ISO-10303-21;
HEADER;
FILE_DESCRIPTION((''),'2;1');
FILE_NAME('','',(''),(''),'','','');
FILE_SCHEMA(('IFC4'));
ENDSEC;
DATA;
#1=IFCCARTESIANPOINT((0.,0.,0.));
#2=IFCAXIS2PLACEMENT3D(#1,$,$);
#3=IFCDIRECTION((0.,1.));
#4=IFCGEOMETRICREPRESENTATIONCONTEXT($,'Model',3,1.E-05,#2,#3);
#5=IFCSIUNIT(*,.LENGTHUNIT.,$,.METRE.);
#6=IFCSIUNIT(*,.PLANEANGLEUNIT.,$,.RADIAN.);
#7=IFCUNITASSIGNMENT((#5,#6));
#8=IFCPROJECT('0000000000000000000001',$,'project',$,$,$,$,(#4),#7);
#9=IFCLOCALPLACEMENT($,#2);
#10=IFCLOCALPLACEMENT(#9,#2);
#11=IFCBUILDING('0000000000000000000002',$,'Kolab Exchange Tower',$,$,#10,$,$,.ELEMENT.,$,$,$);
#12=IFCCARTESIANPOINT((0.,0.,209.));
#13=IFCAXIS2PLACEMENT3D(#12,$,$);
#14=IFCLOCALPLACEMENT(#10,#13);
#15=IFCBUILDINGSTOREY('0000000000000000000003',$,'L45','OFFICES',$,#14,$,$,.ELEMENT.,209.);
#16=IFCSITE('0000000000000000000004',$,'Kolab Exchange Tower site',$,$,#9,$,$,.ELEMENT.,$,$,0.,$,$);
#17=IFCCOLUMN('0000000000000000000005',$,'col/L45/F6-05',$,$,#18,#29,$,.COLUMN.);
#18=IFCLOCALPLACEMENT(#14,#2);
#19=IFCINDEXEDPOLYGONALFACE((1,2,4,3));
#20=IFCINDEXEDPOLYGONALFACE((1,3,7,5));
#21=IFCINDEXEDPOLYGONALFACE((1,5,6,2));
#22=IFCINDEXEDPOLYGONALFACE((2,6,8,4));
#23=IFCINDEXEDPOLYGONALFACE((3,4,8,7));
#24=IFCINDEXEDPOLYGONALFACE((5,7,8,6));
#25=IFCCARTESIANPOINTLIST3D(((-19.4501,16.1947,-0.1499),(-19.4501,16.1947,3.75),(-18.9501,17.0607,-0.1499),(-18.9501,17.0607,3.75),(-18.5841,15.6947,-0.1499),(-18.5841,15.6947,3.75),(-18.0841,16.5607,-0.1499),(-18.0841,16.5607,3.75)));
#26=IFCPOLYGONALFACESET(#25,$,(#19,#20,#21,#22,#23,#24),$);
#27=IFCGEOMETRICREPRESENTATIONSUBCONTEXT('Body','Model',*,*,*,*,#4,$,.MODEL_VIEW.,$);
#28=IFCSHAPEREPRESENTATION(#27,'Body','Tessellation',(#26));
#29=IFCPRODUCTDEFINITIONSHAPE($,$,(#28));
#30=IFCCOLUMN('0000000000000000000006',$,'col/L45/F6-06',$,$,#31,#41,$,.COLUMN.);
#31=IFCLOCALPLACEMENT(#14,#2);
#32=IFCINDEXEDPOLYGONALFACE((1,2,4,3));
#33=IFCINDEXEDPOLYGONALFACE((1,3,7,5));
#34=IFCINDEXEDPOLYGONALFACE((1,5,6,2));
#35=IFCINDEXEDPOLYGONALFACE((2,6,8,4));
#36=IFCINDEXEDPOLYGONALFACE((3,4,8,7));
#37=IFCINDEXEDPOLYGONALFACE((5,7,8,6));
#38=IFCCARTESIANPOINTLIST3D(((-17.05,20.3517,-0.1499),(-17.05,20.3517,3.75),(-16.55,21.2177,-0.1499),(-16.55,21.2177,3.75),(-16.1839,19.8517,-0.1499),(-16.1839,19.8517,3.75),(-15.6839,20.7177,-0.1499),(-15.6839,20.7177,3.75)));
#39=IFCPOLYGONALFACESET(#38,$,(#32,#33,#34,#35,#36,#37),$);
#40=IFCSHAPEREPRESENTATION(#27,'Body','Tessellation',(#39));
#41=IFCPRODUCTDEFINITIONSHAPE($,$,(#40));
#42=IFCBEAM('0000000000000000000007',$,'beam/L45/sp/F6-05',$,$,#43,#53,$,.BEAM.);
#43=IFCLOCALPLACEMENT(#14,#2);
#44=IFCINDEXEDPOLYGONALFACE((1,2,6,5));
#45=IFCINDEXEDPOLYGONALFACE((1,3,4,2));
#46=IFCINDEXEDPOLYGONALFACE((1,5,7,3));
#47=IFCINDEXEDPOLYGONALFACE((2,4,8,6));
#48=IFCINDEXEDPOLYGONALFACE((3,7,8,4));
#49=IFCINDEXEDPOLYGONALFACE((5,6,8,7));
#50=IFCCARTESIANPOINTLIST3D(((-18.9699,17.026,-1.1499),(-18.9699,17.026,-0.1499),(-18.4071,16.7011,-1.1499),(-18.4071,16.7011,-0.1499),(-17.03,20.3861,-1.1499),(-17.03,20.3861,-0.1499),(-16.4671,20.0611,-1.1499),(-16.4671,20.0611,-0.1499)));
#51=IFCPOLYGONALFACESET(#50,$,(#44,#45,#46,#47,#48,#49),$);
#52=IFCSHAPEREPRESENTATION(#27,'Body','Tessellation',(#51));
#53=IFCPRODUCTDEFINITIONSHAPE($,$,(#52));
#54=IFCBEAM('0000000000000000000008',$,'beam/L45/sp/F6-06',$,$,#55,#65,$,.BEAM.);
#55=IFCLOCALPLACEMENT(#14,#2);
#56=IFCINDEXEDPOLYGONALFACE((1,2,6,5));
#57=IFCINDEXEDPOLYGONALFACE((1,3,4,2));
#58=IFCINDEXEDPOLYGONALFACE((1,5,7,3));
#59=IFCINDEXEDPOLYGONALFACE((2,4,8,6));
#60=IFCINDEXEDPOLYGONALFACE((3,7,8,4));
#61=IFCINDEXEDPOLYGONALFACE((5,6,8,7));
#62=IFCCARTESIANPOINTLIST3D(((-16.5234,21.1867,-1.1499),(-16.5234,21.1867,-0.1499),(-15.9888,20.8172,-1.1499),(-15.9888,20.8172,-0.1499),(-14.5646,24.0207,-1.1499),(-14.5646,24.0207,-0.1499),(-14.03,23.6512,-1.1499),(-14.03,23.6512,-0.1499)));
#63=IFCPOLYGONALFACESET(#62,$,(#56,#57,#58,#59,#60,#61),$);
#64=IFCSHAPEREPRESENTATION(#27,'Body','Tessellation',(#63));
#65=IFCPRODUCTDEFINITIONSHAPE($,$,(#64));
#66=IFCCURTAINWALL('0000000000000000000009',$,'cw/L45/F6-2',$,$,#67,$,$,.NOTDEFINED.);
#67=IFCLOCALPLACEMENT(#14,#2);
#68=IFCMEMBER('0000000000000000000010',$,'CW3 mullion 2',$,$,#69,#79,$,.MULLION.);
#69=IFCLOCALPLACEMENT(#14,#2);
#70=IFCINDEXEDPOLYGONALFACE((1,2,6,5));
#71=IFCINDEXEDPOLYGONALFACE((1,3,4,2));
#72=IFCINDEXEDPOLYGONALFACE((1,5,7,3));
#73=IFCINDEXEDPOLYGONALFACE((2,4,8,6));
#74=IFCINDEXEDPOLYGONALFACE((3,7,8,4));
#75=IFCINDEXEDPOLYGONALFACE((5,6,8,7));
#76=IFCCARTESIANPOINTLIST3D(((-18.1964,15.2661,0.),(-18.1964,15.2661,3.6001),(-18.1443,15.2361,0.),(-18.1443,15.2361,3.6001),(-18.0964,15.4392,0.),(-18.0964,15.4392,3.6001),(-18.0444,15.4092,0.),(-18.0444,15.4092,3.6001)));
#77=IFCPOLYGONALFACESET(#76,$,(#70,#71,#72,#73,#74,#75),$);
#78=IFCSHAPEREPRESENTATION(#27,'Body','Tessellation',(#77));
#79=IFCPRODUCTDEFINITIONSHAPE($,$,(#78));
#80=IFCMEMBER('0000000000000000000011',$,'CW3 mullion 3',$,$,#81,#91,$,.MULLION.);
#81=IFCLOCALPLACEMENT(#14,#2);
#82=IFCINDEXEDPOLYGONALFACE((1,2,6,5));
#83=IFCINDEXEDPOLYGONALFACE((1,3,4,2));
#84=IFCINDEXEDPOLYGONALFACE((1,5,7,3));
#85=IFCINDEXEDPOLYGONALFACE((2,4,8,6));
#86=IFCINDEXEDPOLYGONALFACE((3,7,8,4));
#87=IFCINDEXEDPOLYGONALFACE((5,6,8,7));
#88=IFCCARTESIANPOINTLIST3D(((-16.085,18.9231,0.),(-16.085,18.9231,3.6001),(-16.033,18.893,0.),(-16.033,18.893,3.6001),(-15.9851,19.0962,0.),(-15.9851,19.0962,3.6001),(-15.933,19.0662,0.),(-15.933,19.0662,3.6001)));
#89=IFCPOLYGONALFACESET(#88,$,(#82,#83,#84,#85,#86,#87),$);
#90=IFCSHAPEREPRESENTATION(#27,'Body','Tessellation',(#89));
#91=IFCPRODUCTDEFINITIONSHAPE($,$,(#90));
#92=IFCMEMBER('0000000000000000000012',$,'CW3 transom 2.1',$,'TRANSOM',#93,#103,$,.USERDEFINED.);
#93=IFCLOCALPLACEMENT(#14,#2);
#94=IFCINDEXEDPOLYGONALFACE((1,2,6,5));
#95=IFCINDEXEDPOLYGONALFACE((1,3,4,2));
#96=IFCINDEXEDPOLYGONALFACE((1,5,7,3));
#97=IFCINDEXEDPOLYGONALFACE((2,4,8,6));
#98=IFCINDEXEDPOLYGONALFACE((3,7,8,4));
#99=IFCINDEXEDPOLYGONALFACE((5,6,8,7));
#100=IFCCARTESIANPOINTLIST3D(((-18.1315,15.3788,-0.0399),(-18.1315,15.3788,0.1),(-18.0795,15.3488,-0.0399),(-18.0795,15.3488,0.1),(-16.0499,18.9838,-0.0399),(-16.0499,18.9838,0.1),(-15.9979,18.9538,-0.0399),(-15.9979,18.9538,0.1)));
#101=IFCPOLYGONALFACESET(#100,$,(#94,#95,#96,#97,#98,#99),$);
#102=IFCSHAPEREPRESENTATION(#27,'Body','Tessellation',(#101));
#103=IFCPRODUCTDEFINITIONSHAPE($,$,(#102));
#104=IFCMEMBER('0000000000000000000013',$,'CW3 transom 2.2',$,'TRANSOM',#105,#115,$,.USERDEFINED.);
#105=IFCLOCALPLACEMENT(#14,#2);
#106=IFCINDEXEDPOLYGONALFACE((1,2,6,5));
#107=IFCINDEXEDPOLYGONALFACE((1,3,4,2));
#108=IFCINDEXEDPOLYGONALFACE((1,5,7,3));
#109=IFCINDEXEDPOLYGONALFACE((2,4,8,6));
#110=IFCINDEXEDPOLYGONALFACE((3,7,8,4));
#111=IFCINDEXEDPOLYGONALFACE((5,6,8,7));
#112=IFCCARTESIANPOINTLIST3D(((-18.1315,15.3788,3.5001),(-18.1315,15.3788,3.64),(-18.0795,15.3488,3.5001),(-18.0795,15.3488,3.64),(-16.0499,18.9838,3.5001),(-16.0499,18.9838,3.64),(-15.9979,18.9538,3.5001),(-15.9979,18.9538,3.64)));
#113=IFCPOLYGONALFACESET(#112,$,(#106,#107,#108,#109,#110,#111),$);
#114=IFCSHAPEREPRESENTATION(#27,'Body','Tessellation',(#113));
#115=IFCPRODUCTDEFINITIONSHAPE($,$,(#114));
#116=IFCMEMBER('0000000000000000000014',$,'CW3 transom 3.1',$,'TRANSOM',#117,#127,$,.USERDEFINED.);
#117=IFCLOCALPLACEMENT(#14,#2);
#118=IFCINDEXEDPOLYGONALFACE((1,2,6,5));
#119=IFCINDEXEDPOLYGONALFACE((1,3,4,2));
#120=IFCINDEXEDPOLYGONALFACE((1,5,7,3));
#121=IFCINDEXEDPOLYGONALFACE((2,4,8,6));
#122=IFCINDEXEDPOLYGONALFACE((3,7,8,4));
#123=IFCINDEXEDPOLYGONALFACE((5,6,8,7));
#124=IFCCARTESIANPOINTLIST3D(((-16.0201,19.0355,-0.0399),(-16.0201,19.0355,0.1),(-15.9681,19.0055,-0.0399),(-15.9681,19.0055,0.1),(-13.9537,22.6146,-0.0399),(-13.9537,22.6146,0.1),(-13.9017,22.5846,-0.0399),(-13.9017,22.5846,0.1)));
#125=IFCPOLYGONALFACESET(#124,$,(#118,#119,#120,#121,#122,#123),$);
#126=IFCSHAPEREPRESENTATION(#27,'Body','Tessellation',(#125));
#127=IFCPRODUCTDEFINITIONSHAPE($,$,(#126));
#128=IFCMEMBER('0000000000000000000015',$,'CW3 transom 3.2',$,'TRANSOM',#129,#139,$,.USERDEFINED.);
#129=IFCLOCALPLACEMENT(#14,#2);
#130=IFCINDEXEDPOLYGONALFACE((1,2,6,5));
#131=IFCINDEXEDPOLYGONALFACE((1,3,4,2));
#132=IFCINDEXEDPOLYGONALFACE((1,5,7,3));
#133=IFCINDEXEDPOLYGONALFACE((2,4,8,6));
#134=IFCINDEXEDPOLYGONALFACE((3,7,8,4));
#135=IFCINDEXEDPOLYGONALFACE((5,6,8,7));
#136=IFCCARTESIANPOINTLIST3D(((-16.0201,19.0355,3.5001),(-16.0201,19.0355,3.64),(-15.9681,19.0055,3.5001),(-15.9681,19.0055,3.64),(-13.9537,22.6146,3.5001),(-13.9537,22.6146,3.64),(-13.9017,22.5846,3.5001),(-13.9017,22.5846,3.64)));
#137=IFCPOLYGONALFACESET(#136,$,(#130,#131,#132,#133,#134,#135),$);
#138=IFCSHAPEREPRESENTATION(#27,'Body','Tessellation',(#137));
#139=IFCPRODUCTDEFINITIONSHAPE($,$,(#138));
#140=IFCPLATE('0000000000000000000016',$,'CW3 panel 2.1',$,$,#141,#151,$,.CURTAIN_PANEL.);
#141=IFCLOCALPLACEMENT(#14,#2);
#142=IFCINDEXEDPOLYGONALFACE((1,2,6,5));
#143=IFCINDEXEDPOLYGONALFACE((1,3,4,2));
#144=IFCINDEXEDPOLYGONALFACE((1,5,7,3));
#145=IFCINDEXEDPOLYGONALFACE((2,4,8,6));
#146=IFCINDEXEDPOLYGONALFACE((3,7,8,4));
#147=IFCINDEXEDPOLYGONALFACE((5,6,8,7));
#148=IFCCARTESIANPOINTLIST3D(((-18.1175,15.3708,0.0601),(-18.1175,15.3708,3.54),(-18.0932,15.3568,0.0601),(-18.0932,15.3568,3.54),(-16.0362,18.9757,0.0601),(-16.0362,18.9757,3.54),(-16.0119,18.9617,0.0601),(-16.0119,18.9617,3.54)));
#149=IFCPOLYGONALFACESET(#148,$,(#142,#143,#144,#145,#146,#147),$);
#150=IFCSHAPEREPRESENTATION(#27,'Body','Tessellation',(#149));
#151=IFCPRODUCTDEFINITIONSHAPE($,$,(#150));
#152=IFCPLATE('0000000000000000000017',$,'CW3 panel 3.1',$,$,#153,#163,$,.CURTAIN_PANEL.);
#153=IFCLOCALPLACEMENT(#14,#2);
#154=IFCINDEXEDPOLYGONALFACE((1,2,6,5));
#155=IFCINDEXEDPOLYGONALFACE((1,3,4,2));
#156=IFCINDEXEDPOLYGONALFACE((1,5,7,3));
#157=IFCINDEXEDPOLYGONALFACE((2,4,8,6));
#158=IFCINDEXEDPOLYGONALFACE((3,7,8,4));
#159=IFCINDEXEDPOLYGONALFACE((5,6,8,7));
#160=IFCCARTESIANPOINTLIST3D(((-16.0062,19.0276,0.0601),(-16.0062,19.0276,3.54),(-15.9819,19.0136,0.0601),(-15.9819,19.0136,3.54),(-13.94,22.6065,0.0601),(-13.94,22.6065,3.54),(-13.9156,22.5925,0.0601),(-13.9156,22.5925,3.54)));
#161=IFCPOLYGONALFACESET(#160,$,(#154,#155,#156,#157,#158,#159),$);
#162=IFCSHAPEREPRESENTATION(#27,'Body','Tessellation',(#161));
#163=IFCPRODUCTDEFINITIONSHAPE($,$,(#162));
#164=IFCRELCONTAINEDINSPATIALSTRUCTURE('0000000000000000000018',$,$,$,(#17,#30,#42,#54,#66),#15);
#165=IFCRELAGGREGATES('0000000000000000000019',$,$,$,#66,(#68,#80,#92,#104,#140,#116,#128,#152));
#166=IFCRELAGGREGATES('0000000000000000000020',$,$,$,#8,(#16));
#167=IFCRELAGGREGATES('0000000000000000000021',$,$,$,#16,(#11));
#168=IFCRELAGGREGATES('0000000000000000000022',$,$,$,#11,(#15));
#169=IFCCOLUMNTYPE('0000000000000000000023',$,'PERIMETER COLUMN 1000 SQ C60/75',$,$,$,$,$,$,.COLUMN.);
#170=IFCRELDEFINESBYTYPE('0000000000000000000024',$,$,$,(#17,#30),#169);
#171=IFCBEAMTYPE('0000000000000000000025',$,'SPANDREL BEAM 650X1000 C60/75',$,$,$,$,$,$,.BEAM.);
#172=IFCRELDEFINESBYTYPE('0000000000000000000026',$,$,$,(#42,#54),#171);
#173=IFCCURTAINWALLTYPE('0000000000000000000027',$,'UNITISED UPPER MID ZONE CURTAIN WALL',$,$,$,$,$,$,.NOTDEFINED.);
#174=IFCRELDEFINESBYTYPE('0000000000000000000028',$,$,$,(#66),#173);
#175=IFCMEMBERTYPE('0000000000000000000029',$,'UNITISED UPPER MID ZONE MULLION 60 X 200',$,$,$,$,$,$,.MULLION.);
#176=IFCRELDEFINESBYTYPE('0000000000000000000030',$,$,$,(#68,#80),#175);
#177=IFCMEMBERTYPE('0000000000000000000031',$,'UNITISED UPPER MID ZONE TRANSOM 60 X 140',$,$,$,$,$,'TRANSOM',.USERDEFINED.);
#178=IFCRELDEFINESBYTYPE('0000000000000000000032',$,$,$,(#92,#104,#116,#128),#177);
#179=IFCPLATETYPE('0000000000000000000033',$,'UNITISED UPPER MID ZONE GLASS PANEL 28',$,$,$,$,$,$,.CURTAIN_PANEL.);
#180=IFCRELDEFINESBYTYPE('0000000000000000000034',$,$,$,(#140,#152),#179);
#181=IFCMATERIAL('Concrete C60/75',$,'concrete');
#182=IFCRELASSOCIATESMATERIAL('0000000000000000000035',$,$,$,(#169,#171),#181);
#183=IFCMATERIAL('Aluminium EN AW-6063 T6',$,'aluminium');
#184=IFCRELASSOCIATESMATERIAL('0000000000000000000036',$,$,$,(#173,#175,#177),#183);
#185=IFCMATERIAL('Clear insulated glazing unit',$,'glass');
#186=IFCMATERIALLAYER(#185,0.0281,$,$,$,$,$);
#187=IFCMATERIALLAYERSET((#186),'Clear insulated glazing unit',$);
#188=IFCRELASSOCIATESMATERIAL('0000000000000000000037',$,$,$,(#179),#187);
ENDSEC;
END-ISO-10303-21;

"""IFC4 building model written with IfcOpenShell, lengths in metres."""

from ifc_helpers import new_model, si_unit, direction, frame, origin, origin_2d, place, context, subcontext, project, spatial, rectangle, extrude, material, layer, layer_set, material_profile, profile_set, type_object, element, aggregate, save


model = new_model("IFC4")

# Units and contexts
model_context = context("Model", 3, precision=1e-05, world=origin(), true_north=direction((0.0, 1.0)))
body_context = subcontext(model_context, "Body", "Model", "MODEL_VIEW")
ifc_project = project(units=[si_unit("LENGTHUNIT", "METRE"), si_unit("PLANEANGLEUNIT", "RADIAN")], contexts=[model_context])

# Site, building, storey
site_placement = place(None, origin())
site = spatial("IfcSite", under=ifc_project, at=site_placement, Name="Kolab Exchange Tower site", CompositionType="ELEMENT", RefElevation=0.0)
building_placement = place(site_placement, origin())
building = spatial("IfcBuilding", under=site, at=building_placement, Name="Kolab Exchange Tower", CompositionType="ELEMENT")
storey_placement = place(building_placement, frame((0.0, 0.0, 209.0)))
storey = spatial("IfcBuildingStorey", under=building, at=storey_placement, Name="L45", Description="OFFICES", CompositionType="ELEMENT", Elevation=209.0)

# Columns
ifc_material_1 = material(Name="Concrete C60/75", Category="concrete")
ifc_material_profile_1 = material_profile(ifc_material_1, rectangle(XDim=1.0, YDim=1.0, at=origin_2d()), Name="RC1000")
ifc_profile_set_1 = profile_set([ifc_material_profile_1], Name="Concrete C60/75")
column_type = type_object("IfcColumnType", Name="PERIMETER COLUMN 1000 SQ C60/75", PredefinedType="COLUMN", material=ifc_profile_set_1)
for number, where, z_axis, x_axis, name in (
    (1, (-18.7671, 16.3777, -0.1499), (0.0, 0.0, 1.0), (0.5, 0.866025, 0.0), "col/L45/F6-05"),
    (2, (-16.3669, 20.5347, -0.1499), (0.0, 0.0, 1.0), (0.5, 0.866025, 0.0), "col/L45/F6-06"),
):
    element("IfcColumn", number, at=place(storey_placement, frame(where, z_axis=z_axis, x_axis=x_axis)), inside=storey, type_object=column_type, Name=name, PredefinedType="COLUMN", context=body_context, shape_type="SweptSolid", body=[
        extrude(rectangle(XDim=1.0, YDim=1.0, at=origin_2d()), origin(), (0.0, 0.0, 1.0), 3.8999),
    ])

# Beams
ifc_material_profile_2 = material_profile(ifc_material_1, rectangle(XDim=0.6499, YDim=1.0, at=origin_2d()), Name="RC650X1000")
ifc_profile_set_2 = profile_set([ifc_material_profile_2], Name="Concrete C60/75")
beam_type = type_object("IfcBeamType", Name="SPANDREL BEAM 650X1000 C60/75", PredefinedType="BEAM", material=ifc_profile_set_2)
beam_1_placement = place(storey_placement, frame((-18.6885, 16.8635, -0.6499), z_axis=(0.499997, 0.866027, 0.0), x_axis=(-0.866027, 0.499997, 0.0)))
element("IfcBeam", 3, at=beam_1_placement, inside=storey, type_object=beam_type, Name="beam/L45/sp/F6-05", PredefinedType="BEAM", context=body_context, shape_type="SweptSolid", body=[
    extrude(rectangle(XDim=0.6499, YDim=1.0, at=origin_2d()), origin(), (0.0, 0.0, 1.0), 3.8799),
])
beam_2_placement = place(storey_placement, frame((-16.2561, 21.002, -0.6499), z_axis=(0.568572, 0.822633, 0.0), x_axis=(-0.822633, 0.568572, 0.0)))
element("IfcBeam", 4, at=beam_2_placement, inside=storey, type_object=beam_type, Name="beam/L45/sp/F6-06", PredefinedType="BEAM", context=body_context, shape_type="SweptSolid", body=[
    extrude(rectangle(XDim=0.6499, YDim=1.0, at=origin_2d()), origin(), (0.0, 0.0, 1.0), 3.4451),
])

# Curtain wall, members, plates
ifc_material_2 = material(Name="Aluminium EN AW-6063 T6", Category="aluminium")
curtain_wall_type = type_object("IfcCurtainWallType", Name="UNITISED UPPER MID ZONE CURTAIN WALL", PredefinedType="NOTDEFINED", material=ifc_material_2)
curtain_wall_placement = place(storey_placement, origin())
curtain_wall = element("IfcCurtainWall", 5, at=curtain_wall_placement, inside=storey, type_object=curtain_wall_type, Name="cw/L45/F6-2", PredefinedType="NOTDEFINED")
ifc_material_profile_3 = material_profile(ifc_material_2, rectangle(XDim=0.0601, YDim=0.2, at=origin_2d()), Name="RECT 60X200")
ifc_profile_set_3 = profile_set([ifc_material_profile_3], Name="Aluminium EN AW-6063 T6")
member_type_1 = type_object("IfcMemberType", Name="UNITISED UPPER MID ZONE MULLION 60 X 200", PredefinedType="MULLION", material=ifc_profile_set_3)
member_1_placement = place(storey_placement, frame((-18.1204, 15.3376, 0.0), z_axis=(0.0, 0.0, 1.0), x_axis=(-0.866025, 0.5, 0.0)))
member_1 = element("IfcMember", 6, at=member_1_placement, type_object=member_type_1, Name="CW3 mullion 2", PredefinedType="MULLION", context=body_context, shape_type="SweptSolid", body=[
    extrude(rectangle(XDim=0.0601, YDim=0.2, at=origin_2d()), origin(), (0.0, 0.0, 1.0), 3.6001),
])
member_2_placement = place(storey_placement, frame((-16.009, 18.9946, 0.0), z_axis=(0.0, 0.0, 1.0), x_axis=(-0.866025, 0.5, 0.0)))
member_2 = element("IfcMember", 7, at=member_2_placement, type_object=member_type_1, Name="CW3 mullion 3", PredefinedType="MULLION", context=body_context, shape_type="SweptSolid", body=[
    extrude(rectangle(XDim=0.0601, YDim=0.2, at=origin_2d()), origin(), (0.0, 0.0, 1.0), 3.6001),
])
ifc_material_profile_4 = material_profile(ifc_material_2, rectangle(XDim=0.0601, YDim=0.1399, at=origin_2d()), Name="RECT 60X140")
ifc_profile_set_4 = profile_set([ifc_material_profile_4], Name="Aluminium EN AW-6063 T6")
member_type_2 = type_object("IfcMemberType", Name="UNITISED UPPER MID ZONE TRANSOM 60 X 140", ElementType="TRANSOM", PredefinedType="USERDEFINED", material=ifc_profile_set_4)
member_3_placement = place(storey_placement, frame((-18.1055, 15.3638, 0.03), z_axis=(0.500037, 0.866004, 0.0), x_axis=(-0.866004, 0.500037, 0.0)))
member_3 = element("IfcMember", 8, at=member_3_placement, type_object=member_type_2, Name="CW3 transom 2.1", ObjectType="TRANSOM", PredefinedType="USERDEFINED", context=body_context, shape_type="SweptSolid", body=[
    extrude(rectangle(XDim=0.0601, YDim=0.1399, at=origin_2d()), origin(), (0.0, 0.0, 1.0), 4.1628),
])
member_4_placement = place(storey_placement, frame((-18.1055, 15.3638, 3.5701), z_axis=(0.500037, 0.866004, 0.0), x_axis=(-0.866004, 0.500037, 0.0)))
member_4 = element("IfcMember", 9, at=member_4_placement, type_object=member_type_2, Name="CW3 transom 2.2", ObjectType="TRANSOM", PredefinedType="USERDEFINED", context=body_context, shape_type="SweptSolid", body=[
    extrude(rectangle(XDim=0.0601, YDim=0.1399, at=origin_2d()), origin(), (0.0, 0.0, 1.0), 4.1628),
])
member_5_placement = place(storey_placement, frame((-15.9941, 19.0205, 0.03), z_axis=(0.500002, 0.866024, 0.0), x_axis=(-0.866024, 0.500002, 0.0)))
member_5 = element("IfcMember", 10, at=member_5_placement, type_object=member_type_2, Name="CW3 transom 3.1", ObjectType="TRANSOM", PredefinedType="USERDEFINED", context=body_context, shape_type="SweptSolid", body=[
    extrude(rectangle(XDim=0.0601, YDim=0.1399, at=origin_2d()), origin(), (0.0, 0.0, 1.0), 4.1328),
])
member_6_placement = place(storey_placement, frame((-15.9941, 19.0205, 3.5701), z_axis=(0.500002, 0.866024, 0.0), x_axis=(-0.866024, 0.500002, 0.0)))
member_6 = element("IfcMember", 11, at=member_6_placement, type_object=member_type_2, Name="CW3 transom 3.2", ObjectType="TRANSOM", PredefinedType="USERDEFINED", context=body_context, shape_type="SweptSolid", body=[
    extrude(rectangle(XDim=0.0601, YDim=0.1399, at=origin_2d()), origin(), (0.0, 0.0, 1.0), 4.1328),
])
ifc_material_3 = material(Name="Clear insulated glazing unit", Category="glass")
ifc_layer_1 = layer(ifc_material_3, 0.0281)
ifc_layer_set_1 = layer_set([ifc_layer_1], Name="Clear insulated glazing unit")
plate_type = type_object("IfcPlateType", Name="UNITISED UPPER MID ZONE GLASS PANEL 28", PredefinedType="CURTAIN_PANEL", material=ifc_layer_set_1)
plate_1_placement = place(storey_placement, frame((-17.0647, 17.1663, 0.0601), z_axis=(0.0, 0.0, 1.0), x_axis=(0.5, 0.866025, 0.0)))
plate_1 = element("IfcPlate", 12, at=plate_1_placement, type_object=plate_type, Name="CW3 panel 2.1", PredefinedType="CURTAIN_PANEL", context=body_context, shape_type="SweptSolid", body=[
    extrude(rectangle(XDim=4.1626, YDim=0.0281, at=origin_2d()), origin(), (0.0, 0.0, 1.0), 3.48),
])
plate_2_placement = place(storey_placement, frame((-14.9609, 20.8101, 0.0601), z_axis=(0.0, 0.0, 1.0), x_axis=(0.5, 0.866025, 0.0)))
plate_2 = element("IfcPlate", 13, at=plate_2_placement, type_object=plate_type, Name="CW3 panel 3.1", PredefinedType="CURTAIN_PANEL", context=body_context, shape_type="SweptSolid", body=[
    extrude(rectangle(XDim=4.1326, YDim=0.0281, at=origin_2d()), origin(), (0.0, 0.0, 1.0), 3.48),
])
aggregate(curtain_wall, [member_1, member_2, member_3, member_4, plate_1, member_5, member_6, plate_2])

save(model, "model.ifc")
